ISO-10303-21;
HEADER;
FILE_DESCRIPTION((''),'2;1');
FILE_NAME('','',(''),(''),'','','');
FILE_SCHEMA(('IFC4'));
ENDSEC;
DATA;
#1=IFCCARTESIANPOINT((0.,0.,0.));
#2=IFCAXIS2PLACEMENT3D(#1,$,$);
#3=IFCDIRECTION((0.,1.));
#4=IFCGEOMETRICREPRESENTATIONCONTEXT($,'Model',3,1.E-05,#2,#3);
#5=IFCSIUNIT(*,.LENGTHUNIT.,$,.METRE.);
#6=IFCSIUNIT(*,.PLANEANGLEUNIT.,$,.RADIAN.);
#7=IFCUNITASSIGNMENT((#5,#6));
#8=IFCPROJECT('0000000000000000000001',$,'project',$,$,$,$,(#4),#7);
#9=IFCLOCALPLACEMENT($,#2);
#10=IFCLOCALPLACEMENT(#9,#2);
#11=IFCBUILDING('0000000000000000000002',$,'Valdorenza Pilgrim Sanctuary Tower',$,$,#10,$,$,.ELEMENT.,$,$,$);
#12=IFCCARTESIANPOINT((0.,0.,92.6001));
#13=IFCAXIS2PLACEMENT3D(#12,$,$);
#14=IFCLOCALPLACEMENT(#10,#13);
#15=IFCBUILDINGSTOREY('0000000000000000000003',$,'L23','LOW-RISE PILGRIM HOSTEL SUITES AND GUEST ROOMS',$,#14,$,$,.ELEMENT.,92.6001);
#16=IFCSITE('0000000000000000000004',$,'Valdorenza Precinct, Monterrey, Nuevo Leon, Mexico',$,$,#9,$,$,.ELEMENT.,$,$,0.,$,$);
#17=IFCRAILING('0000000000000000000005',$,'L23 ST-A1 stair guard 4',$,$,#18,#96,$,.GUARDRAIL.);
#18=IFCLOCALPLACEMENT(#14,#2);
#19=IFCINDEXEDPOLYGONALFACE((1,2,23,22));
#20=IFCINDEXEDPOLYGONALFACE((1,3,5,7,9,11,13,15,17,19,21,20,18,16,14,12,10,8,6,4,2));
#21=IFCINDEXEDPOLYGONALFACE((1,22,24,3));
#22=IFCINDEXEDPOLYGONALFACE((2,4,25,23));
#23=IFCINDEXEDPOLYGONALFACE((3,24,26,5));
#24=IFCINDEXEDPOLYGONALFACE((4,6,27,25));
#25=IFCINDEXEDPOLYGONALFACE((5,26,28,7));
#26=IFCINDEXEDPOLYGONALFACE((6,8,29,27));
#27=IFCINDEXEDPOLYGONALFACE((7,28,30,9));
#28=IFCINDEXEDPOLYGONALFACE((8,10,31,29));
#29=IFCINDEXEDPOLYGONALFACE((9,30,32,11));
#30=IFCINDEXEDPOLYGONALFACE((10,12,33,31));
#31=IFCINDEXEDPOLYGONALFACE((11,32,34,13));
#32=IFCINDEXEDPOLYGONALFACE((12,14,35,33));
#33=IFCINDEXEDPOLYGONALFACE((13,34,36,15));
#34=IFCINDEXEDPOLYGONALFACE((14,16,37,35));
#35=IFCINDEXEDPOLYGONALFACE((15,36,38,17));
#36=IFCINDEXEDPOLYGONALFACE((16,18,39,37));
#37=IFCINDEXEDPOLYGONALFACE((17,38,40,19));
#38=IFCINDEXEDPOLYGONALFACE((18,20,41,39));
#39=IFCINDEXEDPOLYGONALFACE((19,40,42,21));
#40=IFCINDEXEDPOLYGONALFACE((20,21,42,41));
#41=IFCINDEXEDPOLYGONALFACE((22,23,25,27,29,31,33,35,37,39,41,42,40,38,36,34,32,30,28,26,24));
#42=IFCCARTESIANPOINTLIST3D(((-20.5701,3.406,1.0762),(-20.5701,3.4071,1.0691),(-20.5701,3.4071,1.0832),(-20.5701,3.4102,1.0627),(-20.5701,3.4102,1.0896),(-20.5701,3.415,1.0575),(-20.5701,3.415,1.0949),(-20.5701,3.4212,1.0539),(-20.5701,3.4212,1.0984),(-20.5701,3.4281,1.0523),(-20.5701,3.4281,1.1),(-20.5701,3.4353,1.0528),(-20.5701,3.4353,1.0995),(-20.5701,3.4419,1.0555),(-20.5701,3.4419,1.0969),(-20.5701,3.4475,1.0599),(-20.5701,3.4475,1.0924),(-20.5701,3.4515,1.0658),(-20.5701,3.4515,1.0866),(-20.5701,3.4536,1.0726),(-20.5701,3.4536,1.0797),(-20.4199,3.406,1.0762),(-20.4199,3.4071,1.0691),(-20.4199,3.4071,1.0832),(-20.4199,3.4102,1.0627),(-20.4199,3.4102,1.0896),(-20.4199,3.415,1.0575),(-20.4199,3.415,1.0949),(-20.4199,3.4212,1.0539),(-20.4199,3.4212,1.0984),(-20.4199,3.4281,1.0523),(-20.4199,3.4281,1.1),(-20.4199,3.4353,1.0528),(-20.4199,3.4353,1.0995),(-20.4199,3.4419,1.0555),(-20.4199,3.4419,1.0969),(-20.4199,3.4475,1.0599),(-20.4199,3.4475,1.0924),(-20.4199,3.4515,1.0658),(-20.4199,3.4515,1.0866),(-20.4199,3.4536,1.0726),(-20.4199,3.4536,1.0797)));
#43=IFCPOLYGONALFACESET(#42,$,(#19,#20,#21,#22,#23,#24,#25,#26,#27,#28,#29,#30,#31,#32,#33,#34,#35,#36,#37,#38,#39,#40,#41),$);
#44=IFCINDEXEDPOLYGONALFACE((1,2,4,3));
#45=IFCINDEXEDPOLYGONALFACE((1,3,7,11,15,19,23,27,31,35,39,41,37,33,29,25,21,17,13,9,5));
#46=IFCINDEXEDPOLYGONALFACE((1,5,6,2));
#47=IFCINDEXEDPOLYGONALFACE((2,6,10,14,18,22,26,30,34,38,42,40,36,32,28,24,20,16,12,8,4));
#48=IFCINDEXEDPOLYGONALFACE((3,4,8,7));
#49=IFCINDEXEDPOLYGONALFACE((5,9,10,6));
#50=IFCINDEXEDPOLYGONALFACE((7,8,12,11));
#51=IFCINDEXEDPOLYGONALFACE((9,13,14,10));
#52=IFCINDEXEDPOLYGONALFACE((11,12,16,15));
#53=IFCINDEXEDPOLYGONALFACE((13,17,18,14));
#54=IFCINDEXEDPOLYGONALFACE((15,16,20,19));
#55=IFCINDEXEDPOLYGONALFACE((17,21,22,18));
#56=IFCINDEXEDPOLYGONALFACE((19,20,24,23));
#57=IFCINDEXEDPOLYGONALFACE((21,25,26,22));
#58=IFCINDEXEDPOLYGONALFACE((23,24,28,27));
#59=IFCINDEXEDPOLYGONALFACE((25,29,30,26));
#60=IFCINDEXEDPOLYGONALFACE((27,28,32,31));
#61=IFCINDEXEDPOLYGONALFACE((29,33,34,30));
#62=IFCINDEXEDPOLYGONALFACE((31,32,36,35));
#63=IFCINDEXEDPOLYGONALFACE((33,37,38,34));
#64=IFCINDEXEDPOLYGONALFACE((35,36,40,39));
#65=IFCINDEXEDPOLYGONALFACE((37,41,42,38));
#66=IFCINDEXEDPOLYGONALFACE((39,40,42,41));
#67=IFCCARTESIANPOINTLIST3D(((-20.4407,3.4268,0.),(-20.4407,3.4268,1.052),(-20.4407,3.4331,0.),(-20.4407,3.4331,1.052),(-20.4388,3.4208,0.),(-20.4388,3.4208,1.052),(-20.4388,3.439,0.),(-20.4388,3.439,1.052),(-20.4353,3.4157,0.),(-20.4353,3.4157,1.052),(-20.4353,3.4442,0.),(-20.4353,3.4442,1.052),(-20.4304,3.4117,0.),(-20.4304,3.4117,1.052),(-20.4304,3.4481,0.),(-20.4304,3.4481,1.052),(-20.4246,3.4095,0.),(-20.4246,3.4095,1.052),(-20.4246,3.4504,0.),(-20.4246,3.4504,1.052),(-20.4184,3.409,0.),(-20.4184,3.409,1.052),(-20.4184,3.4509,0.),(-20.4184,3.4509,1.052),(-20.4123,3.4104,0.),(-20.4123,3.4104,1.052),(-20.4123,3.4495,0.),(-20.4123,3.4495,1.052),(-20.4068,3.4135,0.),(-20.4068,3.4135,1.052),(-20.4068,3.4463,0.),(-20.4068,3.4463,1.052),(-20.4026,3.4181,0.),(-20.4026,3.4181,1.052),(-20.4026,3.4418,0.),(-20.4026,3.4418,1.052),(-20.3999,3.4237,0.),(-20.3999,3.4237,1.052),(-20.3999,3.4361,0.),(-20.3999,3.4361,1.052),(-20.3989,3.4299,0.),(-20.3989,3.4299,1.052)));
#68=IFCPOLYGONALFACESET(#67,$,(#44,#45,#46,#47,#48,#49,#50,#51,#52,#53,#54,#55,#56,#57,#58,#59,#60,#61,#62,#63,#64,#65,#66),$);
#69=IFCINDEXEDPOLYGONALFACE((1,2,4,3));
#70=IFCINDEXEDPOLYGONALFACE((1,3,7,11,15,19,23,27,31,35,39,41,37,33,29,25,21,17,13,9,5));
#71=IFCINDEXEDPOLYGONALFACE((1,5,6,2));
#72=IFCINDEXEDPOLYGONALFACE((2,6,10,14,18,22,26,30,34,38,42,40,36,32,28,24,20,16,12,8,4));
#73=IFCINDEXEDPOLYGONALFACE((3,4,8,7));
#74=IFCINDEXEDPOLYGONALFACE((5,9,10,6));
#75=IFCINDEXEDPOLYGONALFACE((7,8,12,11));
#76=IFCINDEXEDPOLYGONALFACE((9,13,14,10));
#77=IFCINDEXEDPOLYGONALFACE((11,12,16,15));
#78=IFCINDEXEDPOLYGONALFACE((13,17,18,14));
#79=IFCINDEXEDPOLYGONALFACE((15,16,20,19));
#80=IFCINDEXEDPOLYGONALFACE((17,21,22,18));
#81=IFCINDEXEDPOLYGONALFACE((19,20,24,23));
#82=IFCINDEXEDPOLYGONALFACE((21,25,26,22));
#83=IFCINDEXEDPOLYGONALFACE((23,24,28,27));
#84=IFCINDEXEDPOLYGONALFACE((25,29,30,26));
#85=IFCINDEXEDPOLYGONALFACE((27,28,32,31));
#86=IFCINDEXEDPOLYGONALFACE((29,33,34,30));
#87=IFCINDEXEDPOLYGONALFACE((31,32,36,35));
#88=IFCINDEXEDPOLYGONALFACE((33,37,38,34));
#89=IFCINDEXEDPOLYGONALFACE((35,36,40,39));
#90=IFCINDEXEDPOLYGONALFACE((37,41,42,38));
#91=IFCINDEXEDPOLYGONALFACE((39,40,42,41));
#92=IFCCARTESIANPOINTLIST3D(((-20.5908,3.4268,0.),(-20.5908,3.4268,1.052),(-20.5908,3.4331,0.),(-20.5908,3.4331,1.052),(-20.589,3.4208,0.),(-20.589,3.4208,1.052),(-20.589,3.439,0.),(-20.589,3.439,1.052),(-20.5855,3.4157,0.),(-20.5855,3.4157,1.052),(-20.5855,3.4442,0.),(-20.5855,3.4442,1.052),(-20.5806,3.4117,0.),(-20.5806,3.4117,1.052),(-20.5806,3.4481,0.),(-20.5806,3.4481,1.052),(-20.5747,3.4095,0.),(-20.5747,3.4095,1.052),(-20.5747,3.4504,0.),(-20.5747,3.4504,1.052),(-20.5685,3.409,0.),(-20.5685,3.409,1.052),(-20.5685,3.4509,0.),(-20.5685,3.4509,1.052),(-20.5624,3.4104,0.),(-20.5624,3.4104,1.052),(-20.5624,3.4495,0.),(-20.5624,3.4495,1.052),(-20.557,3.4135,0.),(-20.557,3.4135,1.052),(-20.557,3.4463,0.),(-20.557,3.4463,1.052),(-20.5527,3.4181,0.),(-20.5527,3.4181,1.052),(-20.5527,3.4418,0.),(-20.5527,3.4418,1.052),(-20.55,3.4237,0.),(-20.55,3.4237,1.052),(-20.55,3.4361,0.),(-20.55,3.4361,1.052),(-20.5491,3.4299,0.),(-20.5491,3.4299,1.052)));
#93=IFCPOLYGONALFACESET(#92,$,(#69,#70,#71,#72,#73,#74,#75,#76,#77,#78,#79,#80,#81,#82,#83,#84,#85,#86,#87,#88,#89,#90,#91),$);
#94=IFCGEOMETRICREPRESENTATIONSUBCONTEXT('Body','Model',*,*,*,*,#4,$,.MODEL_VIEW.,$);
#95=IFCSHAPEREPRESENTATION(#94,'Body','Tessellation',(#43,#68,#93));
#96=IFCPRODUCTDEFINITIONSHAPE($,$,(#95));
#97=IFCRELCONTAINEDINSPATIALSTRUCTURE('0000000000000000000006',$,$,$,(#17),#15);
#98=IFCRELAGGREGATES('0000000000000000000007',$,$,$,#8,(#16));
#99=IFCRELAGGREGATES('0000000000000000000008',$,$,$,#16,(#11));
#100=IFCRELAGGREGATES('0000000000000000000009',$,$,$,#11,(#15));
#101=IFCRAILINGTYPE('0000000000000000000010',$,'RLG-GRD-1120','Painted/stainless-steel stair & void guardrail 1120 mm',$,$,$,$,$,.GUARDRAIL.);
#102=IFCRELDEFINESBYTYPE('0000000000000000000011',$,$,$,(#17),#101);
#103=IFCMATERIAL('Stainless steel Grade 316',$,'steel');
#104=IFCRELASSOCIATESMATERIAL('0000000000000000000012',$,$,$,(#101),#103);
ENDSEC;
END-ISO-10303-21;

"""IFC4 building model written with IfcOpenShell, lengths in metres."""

from ifc_helpers import new_model, si_unit, direction, frame, origin, origin_2d, place, context, subcontext, project, spatial, circle, extrude, material, type_object, element, save


model = new_model("IFC4")

# Units and contexts
model_context = context("Model", 3, precision=1e-05, world=origin(), true_north=direction((0.0, 1.0)))
body_context = subcontext(model_context, "Body", "Model", "MODEL_VIEW")
ifc_project = project(units=[si_unit("LENGTHUNIT", "METRE"), si_unit("PLANEANGLEUNIT", "RADIAN")], contexts=[model_context])

# Site, building, storey
site_placement = place(None, origin())
site = spatial("IfcSite", under=ifc_project, at=site_placement, Name="Valdorenza Precinct, Monterrey, Nuevo Leon, Mexico", CompositionType="ELEMENT", RefElevation=0.0)
building_placement = place(site_placement, origin())
building = spatial("IfcBuilding", under=site, at=building_placement, Name="Valdorenza Pilgrim Sanctuary Tower", CompositionType="ELEMENT")
storey_placement = place(building_placement, frame((0.0, 0.0, 92.6001)))
storey = spatial("IfcBuildingStorey", under=building, at=storey_placement, Name="L23", Description="LOW-RISE PILGRIM HOSTEL SUITES AND GUEST ROOMS", CompositionType="ELEMENT", Elevation=92.6001)

# Railing
ifc_material_1 = material(Name="Stainless steel Grade 316", Category="steel")
railing_type_1 = type_object("IfcRailingType", Name="RLG-GRD-1120", Description="Painted/stainless-steel stair & void guardrail 1120 mm", PredefinedType="GUARDRAIL", material=ifc_material_1)
railing_1_placement = place(storey_placement, frame((-20.4199, 3.4299, 0.0)))
element("IfcRailing", 1, at=railing_1_placement, inside=storey, type_object=railing_type_1, Name="L23 ST-A1 stair guard 4", PredefinedType="GUARDRAIL", context=body_context, shape_type="SweptSolid", body=[
    extrude(circle(Radius=0.0239, at=origin_2d()), frame((0.0, 0.0, 1.0762), z_axis=(-1.0, 0.0, 0.0), x_axis=(0.0, -1.0, 0.0)), (0.0, 0.0, 1.0), 0.1501),
    extrude(circle(Radius=0.021, at=origin_2d()), origin(), (0.0, 0.0, 1.0), 1.052),
    extrude(circle(Radius=0.021, at=origin_2d()), frame((-0.1501, 0.0, 0.0)), (0.0, 0.0, 1.0), 1.052),
])

save(model, "model.ifc")
